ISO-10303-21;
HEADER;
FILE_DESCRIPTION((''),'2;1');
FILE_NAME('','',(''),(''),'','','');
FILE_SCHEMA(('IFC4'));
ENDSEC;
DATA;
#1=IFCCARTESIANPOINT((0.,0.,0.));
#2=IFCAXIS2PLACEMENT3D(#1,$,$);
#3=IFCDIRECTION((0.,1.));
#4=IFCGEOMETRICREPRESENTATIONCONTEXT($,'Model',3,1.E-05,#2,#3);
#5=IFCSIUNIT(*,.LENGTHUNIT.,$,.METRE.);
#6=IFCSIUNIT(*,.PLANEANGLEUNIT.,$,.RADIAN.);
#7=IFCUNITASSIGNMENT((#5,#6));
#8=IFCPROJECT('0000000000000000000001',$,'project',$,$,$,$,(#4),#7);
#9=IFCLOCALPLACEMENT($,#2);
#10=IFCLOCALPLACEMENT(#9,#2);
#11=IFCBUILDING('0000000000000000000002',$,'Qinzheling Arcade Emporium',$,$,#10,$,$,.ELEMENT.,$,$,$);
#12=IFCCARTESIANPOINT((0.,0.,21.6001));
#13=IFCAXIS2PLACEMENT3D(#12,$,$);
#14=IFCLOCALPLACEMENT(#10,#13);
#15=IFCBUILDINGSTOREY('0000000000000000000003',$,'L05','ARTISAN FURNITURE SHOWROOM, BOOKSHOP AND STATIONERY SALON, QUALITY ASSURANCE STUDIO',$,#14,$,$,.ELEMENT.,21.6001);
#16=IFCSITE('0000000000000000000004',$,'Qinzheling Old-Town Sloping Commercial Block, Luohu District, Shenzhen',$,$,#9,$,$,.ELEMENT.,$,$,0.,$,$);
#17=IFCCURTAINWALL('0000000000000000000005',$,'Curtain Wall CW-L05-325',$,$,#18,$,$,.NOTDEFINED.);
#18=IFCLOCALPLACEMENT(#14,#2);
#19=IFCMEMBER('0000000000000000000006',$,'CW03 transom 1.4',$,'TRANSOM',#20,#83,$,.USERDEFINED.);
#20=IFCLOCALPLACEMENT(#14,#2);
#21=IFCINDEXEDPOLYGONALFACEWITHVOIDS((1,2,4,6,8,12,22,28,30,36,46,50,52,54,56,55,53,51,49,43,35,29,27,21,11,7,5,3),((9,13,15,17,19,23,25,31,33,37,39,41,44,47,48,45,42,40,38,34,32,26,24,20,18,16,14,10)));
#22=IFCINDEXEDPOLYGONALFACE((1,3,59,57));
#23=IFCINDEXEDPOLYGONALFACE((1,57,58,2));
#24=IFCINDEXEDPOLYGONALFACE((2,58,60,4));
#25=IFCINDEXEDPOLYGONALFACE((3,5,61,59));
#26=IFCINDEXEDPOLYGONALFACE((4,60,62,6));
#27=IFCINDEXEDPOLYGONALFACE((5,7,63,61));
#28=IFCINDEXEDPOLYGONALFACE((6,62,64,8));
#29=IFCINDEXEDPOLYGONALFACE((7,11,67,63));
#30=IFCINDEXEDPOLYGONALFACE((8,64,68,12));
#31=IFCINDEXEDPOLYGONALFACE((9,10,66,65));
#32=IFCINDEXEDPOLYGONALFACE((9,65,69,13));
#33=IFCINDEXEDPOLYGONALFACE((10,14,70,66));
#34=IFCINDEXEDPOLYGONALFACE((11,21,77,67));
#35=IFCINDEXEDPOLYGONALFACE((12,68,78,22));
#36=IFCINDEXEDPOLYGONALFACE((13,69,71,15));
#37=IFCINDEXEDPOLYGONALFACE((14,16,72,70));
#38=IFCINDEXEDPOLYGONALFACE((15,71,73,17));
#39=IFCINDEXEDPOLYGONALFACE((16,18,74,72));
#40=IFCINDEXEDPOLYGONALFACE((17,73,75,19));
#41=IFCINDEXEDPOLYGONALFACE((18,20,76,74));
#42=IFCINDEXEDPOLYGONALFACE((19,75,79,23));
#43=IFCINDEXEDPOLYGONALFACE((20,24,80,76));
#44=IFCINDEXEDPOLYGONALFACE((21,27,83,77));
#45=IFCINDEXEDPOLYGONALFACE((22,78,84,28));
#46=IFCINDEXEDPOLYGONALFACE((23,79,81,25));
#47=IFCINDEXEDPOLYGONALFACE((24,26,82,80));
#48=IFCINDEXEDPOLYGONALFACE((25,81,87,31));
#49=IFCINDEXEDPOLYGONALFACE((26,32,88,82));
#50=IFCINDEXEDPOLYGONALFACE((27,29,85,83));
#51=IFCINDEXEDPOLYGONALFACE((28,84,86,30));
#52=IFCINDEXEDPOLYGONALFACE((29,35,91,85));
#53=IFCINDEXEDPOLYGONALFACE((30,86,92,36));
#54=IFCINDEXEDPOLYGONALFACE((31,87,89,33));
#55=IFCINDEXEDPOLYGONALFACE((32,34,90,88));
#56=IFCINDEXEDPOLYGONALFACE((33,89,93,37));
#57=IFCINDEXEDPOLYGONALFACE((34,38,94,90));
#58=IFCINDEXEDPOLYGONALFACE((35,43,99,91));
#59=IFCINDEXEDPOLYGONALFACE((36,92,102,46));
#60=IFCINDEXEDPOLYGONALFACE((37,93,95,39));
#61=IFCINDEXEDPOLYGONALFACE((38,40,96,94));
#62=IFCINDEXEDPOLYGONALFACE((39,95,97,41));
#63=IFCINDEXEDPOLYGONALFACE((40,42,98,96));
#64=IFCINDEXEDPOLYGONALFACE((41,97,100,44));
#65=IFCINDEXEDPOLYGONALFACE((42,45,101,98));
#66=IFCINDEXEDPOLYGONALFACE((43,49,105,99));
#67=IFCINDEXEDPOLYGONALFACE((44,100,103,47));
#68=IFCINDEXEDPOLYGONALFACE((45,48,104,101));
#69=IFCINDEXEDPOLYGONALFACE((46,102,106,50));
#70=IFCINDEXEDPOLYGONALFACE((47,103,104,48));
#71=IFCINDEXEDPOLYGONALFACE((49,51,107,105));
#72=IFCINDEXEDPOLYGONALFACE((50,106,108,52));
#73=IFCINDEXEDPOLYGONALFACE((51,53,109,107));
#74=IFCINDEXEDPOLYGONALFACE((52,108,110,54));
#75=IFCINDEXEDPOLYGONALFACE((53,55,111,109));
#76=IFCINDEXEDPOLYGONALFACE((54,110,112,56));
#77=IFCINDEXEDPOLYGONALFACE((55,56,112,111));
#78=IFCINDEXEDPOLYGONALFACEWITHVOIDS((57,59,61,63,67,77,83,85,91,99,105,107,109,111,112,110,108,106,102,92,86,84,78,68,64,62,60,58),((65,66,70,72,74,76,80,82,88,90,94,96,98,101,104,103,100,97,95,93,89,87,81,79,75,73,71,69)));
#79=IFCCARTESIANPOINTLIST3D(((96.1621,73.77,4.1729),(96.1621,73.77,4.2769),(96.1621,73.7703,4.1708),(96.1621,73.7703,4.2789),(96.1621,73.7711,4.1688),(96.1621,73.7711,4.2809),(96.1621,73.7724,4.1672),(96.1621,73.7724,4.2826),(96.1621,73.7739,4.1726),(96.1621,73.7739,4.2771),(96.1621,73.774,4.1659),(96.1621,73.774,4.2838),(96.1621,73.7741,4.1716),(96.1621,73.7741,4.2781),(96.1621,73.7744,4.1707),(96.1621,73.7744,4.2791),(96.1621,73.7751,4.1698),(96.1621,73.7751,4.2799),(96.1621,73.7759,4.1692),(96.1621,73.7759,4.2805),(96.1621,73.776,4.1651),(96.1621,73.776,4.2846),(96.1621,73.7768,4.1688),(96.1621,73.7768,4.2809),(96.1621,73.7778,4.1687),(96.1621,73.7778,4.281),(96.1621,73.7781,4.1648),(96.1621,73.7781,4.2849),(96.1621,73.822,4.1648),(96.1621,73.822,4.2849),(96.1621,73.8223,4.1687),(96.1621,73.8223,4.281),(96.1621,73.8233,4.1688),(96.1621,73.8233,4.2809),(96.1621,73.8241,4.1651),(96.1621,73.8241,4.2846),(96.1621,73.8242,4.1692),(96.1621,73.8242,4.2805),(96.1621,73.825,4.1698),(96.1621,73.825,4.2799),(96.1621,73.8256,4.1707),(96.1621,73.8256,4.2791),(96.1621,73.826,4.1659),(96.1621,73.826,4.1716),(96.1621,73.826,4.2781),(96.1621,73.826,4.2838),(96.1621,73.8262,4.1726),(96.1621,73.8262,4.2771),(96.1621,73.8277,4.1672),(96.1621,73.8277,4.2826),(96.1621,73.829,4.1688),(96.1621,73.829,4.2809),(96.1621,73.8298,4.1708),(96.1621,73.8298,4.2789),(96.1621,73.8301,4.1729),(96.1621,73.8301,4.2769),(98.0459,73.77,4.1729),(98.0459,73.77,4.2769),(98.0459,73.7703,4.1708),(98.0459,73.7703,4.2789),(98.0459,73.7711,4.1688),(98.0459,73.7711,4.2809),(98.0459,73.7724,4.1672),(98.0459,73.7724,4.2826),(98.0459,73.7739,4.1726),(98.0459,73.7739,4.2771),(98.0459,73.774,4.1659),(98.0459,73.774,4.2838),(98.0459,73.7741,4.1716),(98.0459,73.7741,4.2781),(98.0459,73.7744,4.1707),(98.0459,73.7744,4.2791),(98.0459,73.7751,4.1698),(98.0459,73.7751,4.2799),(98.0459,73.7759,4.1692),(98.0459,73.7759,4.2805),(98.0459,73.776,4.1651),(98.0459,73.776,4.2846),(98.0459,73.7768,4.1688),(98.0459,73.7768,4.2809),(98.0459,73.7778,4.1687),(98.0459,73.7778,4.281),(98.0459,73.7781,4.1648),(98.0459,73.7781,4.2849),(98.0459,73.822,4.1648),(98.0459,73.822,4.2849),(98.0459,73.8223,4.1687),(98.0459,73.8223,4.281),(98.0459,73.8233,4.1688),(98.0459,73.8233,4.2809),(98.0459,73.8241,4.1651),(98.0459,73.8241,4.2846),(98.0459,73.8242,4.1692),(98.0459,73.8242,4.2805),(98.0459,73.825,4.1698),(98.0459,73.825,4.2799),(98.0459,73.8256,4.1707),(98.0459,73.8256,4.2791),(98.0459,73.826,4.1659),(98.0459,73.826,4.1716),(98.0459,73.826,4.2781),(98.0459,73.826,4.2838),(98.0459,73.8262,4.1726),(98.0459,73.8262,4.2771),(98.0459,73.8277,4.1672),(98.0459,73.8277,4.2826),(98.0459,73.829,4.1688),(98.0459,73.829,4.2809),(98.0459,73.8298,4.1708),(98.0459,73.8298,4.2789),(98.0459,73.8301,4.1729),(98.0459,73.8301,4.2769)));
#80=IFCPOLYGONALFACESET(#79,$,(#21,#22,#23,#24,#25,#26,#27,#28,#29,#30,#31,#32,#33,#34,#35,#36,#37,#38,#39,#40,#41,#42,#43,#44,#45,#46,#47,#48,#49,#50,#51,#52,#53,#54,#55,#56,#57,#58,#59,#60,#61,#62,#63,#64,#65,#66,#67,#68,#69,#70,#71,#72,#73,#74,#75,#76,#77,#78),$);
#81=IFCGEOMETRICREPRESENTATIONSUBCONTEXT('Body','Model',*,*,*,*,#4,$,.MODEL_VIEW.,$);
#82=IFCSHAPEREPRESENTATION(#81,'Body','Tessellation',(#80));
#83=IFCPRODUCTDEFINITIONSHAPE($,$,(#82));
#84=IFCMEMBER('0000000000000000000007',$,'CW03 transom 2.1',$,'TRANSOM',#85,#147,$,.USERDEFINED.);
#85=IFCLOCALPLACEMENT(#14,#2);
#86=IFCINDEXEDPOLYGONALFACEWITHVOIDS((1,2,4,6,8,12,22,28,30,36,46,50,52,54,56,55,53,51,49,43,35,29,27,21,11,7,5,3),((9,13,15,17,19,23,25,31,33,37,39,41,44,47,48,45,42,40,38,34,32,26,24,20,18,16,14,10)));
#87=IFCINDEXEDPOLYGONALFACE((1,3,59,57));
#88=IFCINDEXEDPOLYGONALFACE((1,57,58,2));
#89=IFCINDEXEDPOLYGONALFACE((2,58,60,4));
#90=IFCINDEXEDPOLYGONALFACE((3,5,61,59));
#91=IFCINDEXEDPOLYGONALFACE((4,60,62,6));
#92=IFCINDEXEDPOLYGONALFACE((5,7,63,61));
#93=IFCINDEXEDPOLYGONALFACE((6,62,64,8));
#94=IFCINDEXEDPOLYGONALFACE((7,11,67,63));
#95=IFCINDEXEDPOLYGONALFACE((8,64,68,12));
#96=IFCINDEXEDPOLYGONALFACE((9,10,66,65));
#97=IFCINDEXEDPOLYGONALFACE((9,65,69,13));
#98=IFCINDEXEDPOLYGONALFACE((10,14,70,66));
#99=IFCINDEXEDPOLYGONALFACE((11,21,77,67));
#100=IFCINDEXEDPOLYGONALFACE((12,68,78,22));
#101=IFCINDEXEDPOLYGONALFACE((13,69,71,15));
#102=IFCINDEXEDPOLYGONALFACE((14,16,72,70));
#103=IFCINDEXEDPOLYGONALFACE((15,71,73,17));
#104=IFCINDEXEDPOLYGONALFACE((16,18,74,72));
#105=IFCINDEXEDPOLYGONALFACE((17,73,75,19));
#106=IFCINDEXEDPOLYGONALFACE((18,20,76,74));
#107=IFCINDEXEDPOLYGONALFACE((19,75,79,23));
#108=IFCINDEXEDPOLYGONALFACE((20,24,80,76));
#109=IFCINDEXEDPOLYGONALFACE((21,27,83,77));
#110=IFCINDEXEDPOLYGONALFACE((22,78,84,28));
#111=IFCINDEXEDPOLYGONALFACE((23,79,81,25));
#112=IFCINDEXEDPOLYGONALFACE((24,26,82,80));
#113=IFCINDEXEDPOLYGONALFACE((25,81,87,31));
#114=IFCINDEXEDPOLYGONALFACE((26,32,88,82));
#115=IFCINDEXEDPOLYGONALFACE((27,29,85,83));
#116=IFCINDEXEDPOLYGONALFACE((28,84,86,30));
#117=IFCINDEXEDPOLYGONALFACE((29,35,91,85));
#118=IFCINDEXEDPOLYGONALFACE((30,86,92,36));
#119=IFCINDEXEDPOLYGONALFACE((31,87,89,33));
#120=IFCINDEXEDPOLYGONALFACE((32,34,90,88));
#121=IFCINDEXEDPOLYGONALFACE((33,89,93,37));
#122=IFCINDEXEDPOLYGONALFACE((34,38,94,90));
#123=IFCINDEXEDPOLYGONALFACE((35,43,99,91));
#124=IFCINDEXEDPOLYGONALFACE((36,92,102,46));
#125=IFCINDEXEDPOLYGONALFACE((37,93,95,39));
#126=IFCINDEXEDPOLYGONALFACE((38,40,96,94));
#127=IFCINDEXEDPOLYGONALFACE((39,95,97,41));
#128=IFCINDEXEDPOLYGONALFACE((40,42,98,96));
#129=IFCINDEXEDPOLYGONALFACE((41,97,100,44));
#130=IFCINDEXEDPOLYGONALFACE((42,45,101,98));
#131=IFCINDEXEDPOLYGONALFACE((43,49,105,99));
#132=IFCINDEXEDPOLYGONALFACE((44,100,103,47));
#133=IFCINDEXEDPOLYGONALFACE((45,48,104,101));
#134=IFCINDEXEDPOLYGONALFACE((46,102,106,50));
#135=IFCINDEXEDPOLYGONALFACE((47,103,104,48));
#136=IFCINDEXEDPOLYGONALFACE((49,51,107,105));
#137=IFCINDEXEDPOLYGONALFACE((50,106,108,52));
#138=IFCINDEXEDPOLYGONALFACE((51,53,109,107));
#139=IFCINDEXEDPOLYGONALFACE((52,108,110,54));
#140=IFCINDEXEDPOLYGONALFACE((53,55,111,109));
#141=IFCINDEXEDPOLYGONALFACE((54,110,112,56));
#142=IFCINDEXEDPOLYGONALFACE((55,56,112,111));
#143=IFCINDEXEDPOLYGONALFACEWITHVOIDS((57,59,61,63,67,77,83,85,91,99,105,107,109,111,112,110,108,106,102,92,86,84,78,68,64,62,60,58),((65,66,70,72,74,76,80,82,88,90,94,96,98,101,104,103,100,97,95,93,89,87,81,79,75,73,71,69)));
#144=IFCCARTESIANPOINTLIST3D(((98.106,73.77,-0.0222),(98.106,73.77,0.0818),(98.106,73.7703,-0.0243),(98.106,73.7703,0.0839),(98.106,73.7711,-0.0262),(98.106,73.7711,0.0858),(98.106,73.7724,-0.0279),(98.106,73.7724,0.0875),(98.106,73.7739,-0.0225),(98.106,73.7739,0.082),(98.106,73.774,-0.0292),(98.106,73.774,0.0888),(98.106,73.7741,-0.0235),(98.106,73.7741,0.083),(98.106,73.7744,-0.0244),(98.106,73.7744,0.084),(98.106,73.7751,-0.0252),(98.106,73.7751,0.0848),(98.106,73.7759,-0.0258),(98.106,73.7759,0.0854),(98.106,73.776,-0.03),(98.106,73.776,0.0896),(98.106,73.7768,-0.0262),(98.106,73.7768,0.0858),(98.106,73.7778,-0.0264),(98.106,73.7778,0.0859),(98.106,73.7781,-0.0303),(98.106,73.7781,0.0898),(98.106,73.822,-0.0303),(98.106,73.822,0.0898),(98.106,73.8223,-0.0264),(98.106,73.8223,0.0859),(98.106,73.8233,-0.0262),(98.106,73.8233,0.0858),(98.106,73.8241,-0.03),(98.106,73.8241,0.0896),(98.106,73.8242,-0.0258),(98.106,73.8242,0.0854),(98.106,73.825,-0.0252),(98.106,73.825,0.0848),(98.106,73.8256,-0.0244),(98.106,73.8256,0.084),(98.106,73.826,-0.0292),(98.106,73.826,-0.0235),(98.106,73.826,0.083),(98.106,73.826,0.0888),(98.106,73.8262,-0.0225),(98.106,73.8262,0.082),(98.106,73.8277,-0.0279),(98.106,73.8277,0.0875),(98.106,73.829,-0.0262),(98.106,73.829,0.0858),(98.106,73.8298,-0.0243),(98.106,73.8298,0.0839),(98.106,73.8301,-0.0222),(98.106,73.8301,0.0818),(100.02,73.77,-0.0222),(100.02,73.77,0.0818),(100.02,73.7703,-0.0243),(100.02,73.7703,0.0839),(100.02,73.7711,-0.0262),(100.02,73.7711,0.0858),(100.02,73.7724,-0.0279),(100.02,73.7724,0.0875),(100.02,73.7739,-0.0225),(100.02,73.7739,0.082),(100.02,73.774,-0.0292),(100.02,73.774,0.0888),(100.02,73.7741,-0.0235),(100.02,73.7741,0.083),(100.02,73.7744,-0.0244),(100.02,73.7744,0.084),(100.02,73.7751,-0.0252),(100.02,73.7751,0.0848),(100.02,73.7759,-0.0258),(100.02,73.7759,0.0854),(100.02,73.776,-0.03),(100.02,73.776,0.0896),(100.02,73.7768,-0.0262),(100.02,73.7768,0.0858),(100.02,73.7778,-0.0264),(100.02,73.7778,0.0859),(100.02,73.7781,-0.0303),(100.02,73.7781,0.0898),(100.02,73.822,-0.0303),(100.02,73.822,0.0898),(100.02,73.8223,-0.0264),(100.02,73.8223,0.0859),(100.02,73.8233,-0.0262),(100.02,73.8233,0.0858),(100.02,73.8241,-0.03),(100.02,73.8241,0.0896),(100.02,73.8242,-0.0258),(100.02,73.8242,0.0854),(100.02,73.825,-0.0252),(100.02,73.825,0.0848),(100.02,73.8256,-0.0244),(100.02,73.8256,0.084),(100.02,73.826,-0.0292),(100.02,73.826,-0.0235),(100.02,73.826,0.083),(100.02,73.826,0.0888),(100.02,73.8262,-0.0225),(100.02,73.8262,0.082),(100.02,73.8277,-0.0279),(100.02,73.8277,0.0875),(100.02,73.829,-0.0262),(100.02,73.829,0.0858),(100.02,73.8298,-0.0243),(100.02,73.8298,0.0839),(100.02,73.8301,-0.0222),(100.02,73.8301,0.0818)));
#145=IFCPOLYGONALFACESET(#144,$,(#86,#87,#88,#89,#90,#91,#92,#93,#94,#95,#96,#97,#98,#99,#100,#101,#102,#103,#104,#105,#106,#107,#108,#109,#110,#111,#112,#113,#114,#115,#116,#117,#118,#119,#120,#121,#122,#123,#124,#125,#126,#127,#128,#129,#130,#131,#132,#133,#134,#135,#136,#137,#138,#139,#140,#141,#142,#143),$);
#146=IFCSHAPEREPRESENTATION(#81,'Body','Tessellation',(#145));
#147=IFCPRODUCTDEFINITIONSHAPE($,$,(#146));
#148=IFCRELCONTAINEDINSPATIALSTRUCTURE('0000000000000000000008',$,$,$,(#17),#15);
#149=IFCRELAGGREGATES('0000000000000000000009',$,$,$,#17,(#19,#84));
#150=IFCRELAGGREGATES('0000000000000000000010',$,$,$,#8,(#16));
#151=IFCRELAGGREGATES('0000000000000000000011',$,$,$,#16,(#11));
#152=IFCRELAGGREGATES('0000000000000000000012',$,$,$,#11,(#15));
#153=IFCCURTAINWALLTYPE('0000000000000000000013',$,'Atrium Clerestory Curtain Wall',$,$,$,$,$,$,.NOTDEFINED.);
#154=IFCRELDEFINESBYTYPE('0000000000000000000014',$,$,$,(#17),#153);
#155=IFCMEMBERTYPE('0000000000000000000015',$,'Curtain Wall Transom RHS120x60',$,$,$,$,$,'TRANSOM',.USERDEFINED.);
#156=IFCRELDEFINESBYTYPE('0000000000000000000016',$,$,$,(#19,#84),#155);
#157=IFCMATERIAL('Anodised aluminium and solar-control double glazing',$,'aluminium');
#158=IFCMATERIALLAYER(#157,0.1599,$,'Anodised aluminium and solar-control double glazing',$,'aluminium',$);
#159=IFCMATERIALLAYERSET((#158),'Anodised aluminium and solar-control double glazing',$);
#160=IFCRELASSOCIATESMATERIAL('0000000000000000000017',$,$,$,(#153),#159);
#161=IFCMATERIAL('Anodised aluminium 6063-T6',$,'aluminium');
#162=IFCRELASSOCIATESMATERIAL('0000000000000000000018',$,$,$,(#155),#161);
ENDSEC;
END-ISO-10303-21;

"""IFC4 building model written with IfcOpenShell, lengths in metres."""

from ifc_helpers import new_model, si_unit, direction, frame, origin, origin_2d, place, context, subcontext, project, spatial, hollow_rectangle, extrude, material, layer, layer_set, material_profile, profile_set, type_object, element, aggregate, save


model = new_model("IFC4")

# Units and contexts
model_context = context("Model", 3, precision=1e-05, world=origin(), true_north=direction((0.0, 1.0)))
body_context = subcontext(model_context, "Body", "Model", "MODEL_VIEW")
ifc_project = project(units=[si_unit("LENGTHUNIT", "METRE"), si_unit("PLANEANGLEUNIT", "RADIAN")], contexts=[model_context])

# Site, building, storey
site_placement = place(None, origin())
site = spatial("IfcSite", under=ifc_project, at=site_placement, Name="Qinzheling Old-Town Sloping Commercial Block, Luohu District, Shenzhen", CompositionType="ELEMENT", RefElevation=0.0)
building_placement = place(site_placement, origin())
building = spatial("IfcBuilding", under=site, at=building_placement, Name="Qinzheling Arcade Emporium", CompositionType="ELEMENT")
storey_placement = place(building_placement, frame((0.0, 0.0, 21.6001)))
storey = spatial("IfcBuildingStorey", under=building, at=storey_placement, Name="L05", Description="ARTISAN FURNITURE SHOWROOM, BOOKSHOP AND STATIONERY SALON, QUALITY ASSURANCE STUDIO", CompositionType="ELEMENT", Elevation=21.6001)

# Shared definitions
ifc_material_1 = material(Name="Anodised aluminium and solar-control double glazing", Category="aluminium")
ifc_layer_1 = layer(ifc_material_1, 0.1599, Name="Anodised aluminium and solar-control double glazing", Category="aluminium")
ifc_layer_set_1 = layer_set([ifc_layer_1], Name="Anodised aluminium and solar-control double glazing")
curtain_wall_type = type_object("IfcCurtainWallType", Name="Atrium Clerestory Curtain Wall", PredefinedType="NOTDEFINED", material=ifc_layer_set_1)
ifc_material_2 = material(Name="Anodised aluminium 6063-T6", Category="aluminium")

# Curtain wall, members
curtain_wall_1_placement = place(storey_placement, origin())
curtain_wall_1 = element("IfcCurtainWall", 1, at=curtain_wall_1_placement, inside=storey, type_object=curtain_wall_type, Name="Curtain Wall CW-L05-325", PredefinedType="NOTDEFINED")
ifc_material_profile_1 = material_profile(ifc_material_2, hollow_rectangle(XDim=0.0601, YDim=0.1201, WallThickness=0.0039, InnerFilletRadius=0.0039, OuterFilletRadius=0.0081, at=origin_2d()), Name="RHS 120x60x4", Category="aluminium")
ifc_profile_set_1 = profile_set([ifc_material_profile_1], Name="Anodised aluminium 6063-T6")
member_type_1 = type_object("IfcMemberType", Name="Curtain Wall Transom RHS120x60", ElementType="TRANSOM", PredefinedType="USERDEFINED", material=ifc_profile_set_1)
member_1_placement = place(storey_placement, frame((96.1621, 73.8, 4.2249), z_axis=(1.0, 0.0, 0.0), x_axis=(0.0, 1.0, 0.0)))
member_1 = element("IfcMember", 2, at=member_1_placement, type_object=member_type_1, Name="CW03 transom 1.4", ObjectType="TRANSOM", PredefinedType="USERDEFINED", context=body_context, shape_type="SweptSolid", body=[
    extrude(hollow_rectangle(XDim=0.0601, YDim=0.1201, WallThickness=0.0039, InnerFilletRadius=0.0039, OuterFilletRadius=0.0081, at=origin_2d()), origin(), (0.0, 0.0, 1.0), 1.8838),
])
member_2_placement = place(storey_placement, frame((98.106, 73.8, 0.0298), z_axis=(1.0, 0.0, 0.0), x_axis=(0.0, 1.0, 0.0)))
member_2 = element("IfcMember", 3, at=member_2_placement, type_object=member_type_1, Name="CW03 transom 2.1", ObjectType="TRANSOM", PredefinedType="USERDEFINED", context=body_context, shape_type="SweptSolid", body=[
    extrude(hollow_rectangle(XDim=0.0601, YDim=0.1201, WallThickness=0.0039, InnerFilletRadius=0.0039, OuterFilletRadius=0.0081, at=origin_2d()), origin(), (0.0, 0.0, 1.0), 1.9141),
])

aggregate(curtain_wall_1, [member_1, member_2])

save(model, "model.ifc")
